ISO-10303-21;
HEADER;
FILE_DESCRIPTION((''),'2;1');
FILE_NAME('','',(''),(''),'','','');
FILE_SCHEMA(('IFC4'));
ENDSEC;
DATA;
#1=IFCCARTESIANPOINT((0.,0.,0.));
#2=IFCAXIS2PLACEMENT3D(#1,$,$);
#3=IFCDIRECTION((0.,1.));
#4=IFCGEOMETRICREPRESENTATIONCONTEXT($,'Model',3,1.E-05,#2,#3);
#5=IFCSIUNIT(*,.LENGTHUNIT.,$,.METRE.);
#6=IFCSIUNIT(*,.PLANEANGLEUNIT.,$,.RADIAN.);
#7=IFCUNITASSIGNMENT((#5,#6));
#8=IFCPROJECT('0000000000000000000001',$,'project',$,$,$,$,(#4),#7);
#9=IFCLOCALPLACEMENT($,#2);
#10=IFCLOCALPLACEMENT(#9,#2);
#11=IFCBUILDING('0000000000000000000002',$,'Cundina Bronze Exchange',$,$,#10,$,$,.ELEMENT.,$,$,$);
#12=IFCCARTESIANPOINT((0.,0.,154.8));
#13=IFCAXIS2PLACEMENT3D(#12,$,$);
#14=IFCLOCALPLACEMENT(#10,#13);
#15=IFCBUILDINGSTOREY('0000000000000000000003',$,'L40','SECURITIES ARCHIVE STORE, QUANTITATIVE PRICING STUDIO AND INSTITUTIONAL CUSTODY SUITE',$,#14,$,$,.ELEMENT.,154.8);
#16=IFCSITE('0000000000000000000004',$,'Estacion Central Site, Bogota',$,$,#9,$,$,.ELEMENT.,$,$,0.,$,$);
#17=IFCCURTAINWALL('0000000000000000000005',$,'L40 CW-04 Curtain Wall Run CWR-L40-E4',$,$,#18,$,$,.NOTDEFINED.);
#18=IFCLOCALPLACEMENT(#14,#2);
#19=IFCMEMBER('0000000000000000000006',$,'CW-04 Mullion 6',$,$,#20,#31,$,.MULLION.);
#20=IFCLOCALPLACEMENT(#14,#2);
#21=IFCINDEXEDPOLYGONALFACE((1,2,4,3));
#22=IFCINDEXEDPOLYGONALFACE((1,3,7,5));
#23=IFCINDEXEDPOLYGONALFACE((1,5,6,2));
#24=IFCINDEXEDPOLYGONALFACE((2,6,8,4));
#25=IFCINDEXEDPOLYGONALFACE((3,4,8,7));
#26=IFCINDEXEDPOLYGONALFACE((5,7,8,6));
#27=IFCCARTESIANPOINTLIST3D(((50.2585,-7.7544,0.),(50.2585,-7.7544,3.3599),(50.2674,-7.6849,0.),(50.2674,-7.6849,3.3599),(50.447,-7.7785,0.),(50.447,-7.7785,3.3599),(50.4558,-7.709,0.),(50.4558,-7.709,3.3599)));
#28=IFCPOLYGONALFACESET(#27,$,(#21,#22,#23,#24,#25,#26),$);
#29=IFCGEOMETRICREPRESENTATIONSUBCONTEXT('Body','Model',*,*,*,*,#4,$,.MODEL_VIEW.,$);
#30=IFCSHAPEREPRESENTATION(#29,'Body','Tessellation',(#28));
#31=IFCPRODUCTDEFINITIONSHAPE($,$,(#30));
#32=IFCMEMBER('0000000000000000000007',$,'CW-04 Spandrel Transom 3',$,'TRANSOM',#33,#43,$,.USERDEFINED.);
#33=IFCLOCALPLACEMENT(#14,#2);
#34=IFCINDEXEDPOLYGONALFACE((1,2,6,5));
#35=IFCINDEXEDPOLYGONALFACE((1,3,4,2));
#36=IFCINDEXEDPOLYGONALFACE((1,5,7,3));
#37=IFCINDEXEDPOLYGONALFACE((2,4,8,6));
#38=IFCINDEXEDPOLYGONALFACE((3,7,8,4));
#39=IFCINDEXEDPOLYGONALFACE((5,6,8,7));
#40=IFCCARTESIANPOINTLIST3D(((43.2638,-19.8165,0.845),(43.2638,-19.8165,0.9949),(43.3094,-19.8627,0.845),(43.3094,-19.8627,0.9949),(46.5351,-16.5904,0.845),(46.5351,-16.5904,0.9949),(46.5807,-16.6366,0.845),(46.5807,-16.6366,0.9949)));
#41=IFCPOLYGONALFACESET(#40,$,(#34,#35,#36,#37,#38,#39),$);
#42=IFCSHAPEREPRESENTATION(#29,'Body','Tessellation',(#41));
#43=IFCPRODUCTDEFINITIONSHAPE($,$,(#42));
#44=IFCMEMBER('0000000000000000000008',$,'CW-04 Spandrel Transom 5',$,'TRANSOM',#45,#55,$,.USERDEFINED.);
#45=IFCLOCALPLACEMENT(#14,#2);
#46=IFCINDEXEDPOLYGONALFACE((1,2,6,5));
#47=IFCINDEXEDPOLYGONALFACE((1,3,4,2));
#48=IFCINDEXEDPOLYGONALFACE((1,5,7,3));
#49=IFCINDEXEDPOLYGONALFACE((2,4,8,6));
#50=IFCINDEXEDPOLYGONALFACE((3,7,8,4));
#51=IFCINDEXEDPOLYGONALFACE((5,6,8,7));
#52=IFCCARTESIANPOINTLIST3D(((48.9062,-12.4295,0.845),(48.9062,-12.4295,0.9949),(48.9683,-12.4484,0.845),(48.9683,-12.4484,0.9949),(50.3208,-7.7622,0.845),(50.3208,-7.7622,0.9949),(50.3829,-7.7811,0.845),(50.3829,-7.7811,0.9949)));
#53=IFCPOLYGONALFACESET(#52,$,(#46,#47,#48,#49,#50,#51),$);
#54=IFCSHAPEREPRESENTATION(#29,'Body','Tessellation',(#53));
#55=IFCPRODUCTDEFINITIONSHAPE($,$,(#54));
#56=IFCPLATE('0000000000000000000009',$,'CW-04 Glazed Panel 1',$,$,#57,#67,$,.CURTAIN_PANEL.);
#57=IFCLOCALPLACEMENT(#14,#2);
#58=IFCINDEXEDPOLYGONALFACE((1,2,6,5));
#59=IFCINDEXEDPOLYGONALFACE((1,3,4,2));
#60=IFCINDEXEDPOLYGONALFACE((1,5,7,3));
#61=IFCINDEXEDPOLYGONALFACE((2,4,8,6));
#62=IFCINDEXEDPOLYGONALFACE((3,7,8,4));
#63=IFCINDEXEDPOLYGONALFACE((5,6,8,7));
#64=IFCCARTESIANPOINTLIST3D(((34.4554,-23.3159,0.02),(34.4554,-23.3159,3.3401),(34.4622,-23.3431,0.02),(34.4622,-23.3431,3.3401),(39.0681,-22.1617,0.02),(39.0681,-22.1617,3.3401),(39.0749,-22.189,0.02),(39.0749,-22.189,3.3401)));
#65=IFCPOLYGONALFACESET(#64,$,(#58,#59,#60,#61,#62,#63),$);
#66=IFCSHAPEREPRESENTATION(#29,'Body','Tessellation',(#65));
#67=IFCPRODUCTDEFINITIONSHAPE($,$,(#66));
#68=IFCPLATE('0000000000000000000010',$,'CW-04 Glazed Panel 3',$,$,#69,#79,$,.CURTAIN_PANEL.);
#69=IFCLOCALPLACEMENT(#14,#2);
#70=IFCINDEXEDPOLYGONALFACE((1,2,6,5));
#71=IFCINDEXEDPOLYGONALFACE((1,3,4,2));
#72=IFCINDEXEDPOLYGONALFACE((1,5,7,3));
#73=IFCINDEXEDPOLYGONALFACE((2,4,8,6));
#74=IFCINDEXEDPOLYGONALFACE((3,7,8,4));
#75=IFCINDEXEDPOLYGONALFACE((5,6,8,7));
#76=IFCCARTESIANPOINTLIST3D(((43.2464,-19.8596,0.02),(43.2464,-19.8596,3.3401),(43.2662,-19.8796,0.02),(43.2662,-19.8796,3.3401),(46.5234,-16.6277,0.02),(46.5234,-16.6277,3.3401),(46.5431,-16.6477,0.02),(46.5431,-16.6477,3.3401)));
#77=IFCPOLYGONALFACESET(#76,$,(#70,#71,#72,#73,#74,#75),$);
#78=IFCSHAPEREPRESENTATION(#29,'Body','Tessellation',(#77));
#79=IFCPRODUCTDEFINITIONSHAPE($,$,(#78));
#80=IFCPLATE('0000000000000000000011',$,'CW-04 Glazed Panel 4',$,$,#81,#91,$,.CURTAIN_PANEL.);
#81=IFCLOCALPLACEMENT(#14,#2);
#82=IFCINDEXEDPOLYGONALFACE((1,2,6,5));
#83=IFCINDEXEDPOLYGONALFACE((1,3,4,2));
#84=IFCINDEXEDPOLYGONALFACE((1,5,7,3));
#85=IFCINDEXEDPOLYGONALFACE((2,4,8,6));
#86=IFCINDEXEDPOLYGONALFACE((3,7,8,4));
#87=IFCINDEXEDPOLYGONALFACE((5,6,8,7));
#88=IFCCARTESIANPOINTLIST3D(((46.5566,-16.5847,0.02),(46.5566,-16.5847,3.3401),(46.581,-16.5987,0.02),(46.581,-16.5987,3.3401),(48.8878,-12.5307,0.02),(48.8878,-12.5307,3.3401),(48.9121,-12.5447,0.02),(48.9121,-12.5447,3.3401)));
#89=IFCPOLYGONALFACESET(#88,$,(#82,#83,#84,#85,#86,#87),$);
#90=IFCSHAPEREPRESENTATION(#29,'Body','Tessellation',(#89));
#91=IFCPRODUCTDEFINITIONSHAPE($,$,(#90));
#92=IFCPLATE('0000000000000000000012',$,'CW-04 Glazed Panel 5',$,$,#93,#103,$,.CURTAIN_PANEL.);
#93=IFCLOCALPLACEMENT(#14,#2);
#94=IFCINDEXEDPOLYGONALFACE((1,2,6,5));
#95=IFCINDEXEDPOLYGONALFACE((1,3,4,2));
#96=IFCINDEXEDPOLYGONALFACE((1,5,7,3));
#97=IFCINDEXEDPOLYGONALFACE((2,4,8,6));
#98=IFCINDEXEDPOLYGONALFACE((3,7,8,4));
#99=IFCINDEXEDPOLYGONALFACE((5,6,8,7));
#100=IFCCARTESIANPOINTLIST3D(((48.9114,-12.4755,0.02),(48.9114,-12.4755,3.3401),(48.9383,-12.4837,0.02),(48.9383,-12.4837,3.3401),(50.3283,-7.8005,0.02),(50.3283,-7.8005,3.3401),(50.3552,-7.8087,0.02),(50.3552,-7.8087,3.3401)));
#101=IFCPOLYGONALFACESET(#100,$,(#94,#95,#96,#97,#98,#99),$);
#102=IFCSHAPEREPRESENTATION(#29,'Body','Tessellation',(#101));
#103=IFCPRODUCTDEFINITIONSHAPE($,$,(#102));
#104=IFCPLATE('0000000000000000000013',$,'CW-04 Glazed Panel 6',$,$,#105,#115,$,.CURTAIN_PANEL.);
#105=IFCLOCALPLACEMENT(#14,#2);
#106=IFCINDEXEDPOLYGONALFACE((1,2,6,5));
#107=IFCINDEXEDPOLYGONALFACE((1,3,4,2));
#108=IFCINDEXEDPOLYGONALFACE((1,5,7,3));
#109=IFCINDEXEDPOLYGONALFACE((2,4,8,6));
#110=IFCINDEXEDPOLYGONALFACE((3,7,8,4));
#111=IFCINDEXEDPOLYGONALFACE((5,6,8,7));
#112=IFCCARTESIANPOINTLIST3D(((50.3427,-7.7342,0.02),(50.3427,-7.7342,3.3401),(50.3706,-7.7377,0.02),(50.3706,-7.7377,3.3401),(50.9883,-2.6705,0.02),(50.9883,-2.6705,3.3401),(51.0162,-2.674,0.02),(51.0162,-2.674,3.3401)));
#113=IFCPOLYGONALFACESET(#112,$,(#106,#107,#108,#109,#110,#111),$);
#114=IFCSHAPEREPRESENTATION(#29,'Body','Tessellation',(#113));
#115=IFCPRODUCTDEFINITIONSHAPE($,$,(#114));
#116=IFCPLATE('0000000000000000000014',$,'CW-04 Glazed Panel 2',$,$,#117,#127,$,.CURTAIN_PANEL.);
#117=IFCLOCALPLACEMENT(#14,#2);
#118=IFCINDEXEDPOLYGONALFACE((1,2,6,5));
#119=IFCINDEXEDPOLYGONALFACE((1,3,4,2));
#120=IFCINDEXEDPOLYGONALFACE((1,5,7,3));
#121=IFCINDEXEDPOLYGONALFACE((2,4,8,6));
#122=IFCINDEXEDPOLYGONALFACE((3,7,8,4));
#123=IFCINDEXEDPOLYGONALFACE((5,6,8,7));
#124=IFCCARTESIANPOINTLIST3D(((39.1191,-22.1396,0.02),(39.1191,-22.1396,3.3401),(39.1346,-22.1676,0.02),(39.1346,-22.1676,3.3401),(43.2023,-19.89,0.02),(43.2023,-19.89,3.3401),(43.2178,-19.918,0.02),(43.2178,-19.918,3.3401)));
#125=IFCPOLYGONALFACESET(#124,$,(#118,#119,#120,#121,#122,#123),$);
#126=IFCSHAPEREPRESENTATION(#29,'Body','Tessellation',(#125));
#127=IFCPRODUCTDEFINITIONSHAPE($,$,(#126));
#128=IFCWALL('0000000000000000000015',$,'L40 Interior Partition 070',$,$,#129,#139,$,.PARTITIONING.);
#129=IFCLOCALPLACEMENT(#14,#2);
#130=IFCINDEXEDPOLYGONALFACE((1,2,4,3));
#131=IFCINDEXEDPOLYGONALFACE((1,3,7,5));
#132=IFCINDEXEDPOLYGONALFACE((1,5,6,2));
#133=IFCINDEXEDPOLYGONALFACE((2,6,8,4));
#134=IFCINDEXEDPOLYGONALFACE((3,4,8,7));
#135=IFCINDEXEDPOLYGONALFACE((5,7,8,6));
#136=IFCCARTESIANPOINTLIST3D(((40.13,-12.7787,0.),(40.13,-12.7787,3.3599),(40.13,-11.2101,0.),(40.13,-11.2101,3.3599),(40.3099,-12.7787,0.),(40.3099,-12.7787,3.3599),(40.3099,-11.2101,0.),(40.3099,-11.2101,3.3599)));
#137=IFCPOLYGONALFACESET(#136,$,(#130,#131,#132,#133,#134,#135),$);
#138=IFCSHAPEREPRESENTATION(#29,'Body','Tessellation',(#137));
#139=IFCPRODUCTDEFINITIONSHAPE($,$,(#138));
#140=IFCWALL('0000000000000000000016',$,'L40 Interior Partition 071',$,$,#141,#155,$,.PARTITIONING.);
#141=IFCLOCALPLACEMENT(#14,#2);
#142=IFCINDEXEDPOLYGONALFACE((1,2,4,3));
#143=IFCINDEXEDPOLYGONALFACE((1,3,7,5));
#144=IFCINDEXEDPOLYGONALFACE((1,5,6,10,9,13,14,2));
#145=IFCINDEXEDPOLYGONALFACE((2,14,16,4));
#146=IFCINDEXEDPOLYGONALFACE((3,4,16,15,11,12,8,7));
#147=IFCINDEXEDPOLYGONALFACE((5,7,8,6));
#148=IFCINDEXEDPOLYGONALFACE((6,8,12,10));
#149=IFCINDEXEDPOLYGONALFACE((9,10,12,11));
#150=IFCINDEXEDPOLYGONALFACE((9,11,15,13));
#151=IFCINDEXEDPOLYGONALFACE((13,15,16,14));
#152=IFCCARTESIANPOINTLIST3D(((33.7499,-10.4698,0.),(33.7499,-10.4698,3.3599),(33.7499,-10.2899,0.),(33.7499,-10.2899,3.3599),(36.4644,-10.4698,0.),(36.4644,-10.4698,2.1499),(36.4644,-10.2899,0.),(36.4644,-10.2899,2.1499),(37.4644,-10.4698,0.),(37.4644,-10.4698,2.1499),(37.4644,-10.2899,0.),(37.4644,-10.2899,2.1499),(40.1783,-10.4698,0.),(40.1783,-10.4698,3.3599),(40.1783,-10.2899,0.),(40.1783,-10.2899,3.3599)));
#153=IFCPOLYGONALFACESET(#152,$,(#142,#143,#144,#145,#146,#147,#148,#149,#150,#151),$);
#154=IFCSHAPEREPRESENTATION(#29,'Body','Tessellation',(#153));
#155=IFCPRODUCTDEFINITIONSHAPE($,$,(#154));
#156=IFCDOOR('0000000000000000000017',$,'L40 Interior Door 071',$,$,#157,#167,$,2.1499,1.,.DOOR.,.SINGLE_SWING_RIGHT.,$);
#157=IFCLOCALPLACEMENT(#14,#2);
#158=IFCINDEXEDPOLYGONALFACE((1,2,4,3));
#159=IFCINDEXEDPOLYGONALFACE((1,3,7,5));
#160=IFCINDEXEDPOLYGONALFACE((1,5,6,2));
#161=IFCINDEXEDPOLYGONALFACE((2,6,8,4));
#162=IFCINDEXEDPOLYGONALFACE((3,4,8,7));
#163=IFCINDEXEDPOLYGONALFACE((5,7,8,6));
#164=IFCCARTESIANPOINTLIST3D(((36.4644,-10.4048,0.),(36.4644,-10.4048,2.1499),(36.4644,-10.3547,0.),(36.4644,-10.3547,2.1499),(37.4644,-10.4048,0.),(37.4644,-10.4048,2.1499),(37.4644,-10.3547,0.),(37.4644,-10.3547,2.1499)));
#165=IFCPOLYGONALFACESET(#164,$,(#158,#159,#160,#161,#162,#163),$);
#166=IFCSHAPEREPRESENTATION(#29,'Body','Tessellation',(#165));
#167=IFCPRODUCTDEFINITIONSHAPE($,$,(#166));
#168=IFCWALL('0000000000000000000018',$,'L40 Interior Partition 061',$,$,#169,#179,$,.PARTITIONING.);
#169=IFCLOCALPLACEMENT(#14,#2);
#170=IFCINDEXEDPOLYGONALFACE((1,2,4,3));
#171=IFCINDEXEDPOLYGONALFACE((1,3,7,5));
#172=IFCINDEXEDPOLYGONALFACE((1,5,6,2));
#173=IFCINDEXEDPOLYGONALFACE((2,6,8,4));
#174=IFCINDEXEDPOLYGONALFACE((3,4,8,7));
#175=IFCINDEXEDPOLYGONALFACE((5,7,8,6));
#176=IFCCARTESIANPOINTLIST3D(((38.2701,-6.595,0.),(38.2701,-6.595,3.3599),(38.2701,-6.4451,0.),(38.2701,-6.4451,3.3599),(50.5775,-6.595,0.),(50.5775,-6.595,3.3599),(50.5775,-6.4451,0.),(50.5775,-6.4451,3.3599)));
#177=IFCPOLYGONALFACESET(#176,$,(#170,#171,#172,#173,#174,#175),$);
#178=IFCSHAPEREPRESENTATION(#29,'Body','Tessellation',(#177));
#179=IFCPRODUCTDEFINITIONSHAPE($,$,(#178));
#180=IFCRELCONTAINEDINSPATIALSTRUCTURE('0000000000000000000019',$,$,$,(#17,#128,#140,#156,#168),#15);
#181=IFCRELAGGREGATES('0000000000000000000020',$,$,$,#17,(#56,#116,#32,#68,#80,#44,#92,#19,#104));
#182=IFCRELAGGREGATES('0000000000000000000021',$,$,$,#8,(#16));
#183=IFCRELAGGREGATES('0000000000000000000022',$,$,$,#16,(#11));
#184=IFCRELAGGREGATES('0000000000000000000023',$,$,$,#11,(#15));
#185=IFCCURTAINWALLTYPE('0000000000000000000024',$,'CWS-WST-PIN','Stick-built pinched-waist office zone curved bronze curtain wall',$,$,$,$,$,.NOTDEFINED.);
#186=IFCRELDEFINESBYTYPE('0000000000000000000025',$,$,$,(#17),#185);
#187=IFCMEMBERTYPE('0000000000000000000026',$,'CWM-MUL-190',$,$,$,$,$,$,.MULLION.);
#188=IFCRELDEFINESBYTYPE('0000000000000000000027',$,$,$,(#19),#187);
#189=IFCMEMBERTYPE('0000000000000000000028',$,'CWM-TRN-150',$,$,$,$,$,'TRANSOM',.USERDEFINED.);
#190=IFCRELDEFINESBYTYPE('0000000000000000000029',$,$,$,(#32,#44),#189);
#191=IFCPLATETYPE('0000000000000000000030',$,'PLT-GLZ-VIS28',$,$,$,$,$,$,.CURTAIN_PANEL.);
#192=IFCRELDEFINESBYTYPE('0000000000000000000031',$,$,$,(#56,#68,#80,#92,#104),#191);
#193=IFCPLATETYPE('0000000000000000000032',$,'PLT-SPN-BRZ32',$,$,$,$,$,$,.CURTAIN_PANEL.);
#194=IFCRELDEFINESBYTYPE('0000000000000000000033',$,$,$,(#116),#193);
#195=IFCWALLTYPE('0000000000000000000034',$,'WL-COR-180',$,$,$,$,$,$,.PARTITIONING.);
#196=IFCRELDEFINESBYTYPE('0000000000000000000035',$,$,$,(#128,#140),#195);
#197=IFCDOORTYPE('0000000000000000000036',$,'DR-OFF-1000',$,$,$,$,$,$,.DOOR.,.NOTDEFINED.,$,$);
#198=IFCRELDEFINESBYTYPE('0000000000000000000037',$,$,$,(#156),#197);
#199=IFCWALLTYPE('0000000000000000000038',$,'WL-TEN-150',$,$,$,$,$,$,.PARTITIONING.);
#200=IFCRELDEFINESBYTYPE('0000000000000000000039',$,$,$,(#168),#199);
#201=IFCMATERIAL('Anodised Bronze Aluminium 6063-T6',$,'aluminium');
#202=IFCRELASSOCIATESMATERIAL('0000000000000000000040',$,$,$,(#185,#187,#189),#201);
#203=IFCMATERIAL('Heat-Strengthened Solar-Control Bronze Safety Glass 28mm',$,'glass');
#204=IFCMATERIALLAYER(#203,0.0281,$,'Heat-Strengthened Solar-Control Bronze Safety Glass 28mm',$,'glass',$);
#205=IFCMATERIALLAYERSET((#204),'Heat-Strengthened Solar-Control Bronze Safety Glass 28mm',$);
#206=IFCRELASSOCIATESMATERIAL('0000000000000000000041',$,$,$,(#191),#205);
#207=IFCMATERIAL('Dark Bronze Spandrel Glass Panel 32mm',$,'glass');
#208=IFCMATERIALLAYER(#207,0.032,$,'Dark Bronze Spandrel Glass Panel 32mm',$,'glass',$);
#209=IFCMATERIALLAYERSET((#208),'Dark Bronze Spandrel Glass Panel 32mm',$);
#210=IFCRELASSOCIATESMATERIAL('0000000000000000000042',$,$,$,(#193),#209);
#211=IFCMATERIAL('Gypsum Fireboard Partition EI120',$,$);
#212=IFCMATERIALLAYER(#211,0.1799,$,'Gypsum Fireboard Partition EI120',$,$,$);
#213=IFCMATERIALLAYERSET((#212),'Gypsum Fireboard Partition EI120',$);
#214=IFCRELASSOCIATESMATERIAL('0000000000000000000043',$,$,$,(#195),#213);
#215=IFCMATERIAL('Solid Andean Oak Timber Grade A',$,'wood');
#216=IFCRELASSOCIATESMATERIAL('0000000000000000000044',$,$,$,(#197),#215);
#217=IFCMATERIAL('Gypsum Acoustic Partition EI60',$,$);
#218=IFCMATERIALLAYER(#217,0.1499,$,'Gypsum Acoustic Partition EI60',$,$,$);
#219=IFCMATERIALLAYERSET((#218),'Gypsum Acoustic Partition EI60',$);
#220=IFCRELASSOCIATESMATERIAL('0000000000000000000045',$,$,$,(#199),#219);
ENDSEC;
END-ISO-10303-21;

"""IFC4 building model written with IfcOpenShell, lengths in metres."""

from ifc_helpers import new_model, si_unit, direction, frame, frame_2d, origin, origin_2d, place, context, subcontext, project, spatial, rectangle, extrude, material, layer, layer_set, material_profile, profile_set, type_object, element, fill, aggregate, save


model = new_model("IFC4")

# Units and contexts
model_context = context("Model", 3, precision=1e-05, world=origin(), true_north=direction((0.0, 1.0)))
body_context = subcontext(model_context, "Body", "Model", "MODEL_VIEW")
ifc_project = project(units=[si_unit("LENGTHUNIT", "METRE"), si_unit("PLANEANGLEUNIT", "RADIAN")], contexts=[model_context])

# Site, building, storey
site_placement = place(None, origin())
site = spatial("IfcSite", under=ifc_project, at=site_placement, Name="Estacion Central Site, Bogota", CompositionType="ELEMENT", RefElevation=0.0)
building_placement = place(site_placement, origin())
building = spatial("IfcBuilding", under=site, at=building_placement, Name="Cundina Bronze Exchange", CompositionType="ELEMENT")
storey_placement = place(building_placement, frame((0.0, 0.0, 154.8)))
storey = spatial("IfcBuildingStorey", under=building, at=storey_placement, Name="L40", Description="SECURITIES ARCHIVE STORE, QUANTITATIVE PRICING STUDIO AND INSTITUTIONAL CUSTODY SUITE", CompositionType="ELEMENT", Elevation=154.8)

# Curtain wall, members, plates
ifc_material_1 = material(Name="Anodised Bronze Aluminium 6063-T6", Category="aluminium")
curtain_wall_type = type_object("IfcCurtainWallType", Name="CWS-WST-PIN", Description="Stick-built pinched-waist office zone curved bronze curtain wall", PredefinedType="NOTDEFINED", material=ifc_material_1)
curtain_wall_placement = place(storey_placement, origin())
curtain_wall = element("IfcCurtainWall", 1, at=curtain_wall_placement, inside=storey, type_object=curtain_wall_type, Name="L40 CW-04 Curtain Wall Run CWR-L40-E4", PredefinedType="NOTDEFINED")
ifc_material_profile_1 = material_profile(ifc_material_1, rectangle(XDim=0.0701, YDim=0.1899, at=origin_2d()), Name="AL70X190", Category="aluminium")
ifc_profile_set_1 = profile_set([ifc_material_profile_1], Name="Anodised Bronze Aluminium 6063-T6")
member_type_1 = type_object("IfcMemberType", Name="CWM-MUL-190", PredefinedType="MULLION", material=ifc_profile_set_1)
member_1_placement = place(storey_placement, frame((50.3572, -7.7317, 0.0), z_axis=(0.0, 0.0, 1.0), x_axis=(0.126545, 0.991961, 0.0)))
member_1 = element("IfcMember", 2, at=member_1_placement, type_object=member_type_1, Name="CW-04 Mullion 6", PredefinedType="MULLION", context=body_context, shape_type="SweptSolid", body=[
    extrude(rectangle(XDim=0.0701, YDim=0.1899, at=origin_2d()), origin(), (0.0, 0.0, 1.0), 3.3599),
])
ifc_material_profile_2 = material_profile(ifc_material_1, rectangle(XDim=0.0649, YDim=0.1499, at=origin_2d()), Name="AL65X150", Category="aluminium")
ifc_profile_set_2 = profile_set([ifc_material_profile_2], Name="Anodised Bronze Aluminium 6063-T6")
member_type_2 = type_object("IfcMemberType", Name="CWM-TRN-150", ElementType="TRANSOM", PredefinedType="USERDEFINED", material=ifc_profile_set_2)
member_2_placement = place(storey_placement, frame((43.2866, -19.8396, 0.9199), z_axis=(0.712005, 0.702174, 0.0), x_axis=(-0.702174, 0.712005, 0.0)))
member_2 = element("IfcMember", 3, at=member_2_placement, type_object=member_type_2, Name="CW-04 Spandrel Transom 3", ObjectType="TRANSOM", PredefinedType="USERDEFINED", context=body_context, shape_type="SweptSolid", body=[
    extrude(rectangle(XDim=0.0649, YDim=0.1499, at=origin_2d()), origin(), (0.0, 0.0, 1.0), 4.5945),
])
member_3_placement = place(storey_placement, frame((48.9373, -12.439, 0.9199), z_axis=(0.290052, 0.957011, 0.0), x_axis=(-0.957011, 0.290052, 0.0)))
member_3 = element("IfcMember", 4, at=member_3_placement, type_object=member_type_2, Name="CW-04 Spandrel Transom 5", ObjectType="TRANSOM", PredefinedType="USERDEFINED", context=body_context, shape_type="SweptSolid", body=[
    extrude(rectangle(XDim=0.0649, YDim=0.1499, at=origin_2d()), origin(), (0.0, 0.0, 1.0), 4.877),
])
ifc_material_2 = material(Name="Heat-Strengthened Solar-Control Bronze Safety Glass 28mm", Category="glass")
ifc_layer_1 = layer(ifc_material_2, 0.0281, Name="Heat-Strengthened Solar-Control Bronze Safety Glass 28mm", Category="glass")
ifc_layer_set_1 = layer_set([ifc_layer_1], Name="Heat-Strengthened Solar-Control Bronze Safety Glass 28mm")
plate_type_1 = type_object("IfcPlateType", Name="PLT-GLZ-VIS28", PredefinedType="CURTAIN_PANEL", material=ifc_layer_set_1)
plate_1_placement = place(storey_placement, frame((36.7651, -22.7524, 0.02), z_axis=(0.0, 0.0, 1.0), x_axis=(0.970093, 0.242735, 0.0)))
plate_1 = element("IfcPlate", 5, at=plate_1_placement, type_object=plate_type_1, Name="CW-04 Glazed Panel 1", PredefinedType="CURTAIN_PANEL", context=body_context, shape_type="SweptSolid", body=[
    extrude(rectangle(XDim=4.7549, YDim=0.0281, at=origin_2d()), origin(), (0.0, 0.0, 1.0), 3.3201),
])
plate_2_placement = place(storey_placement, frame((44.8948, -18.2537, 0.02), z_axis=(0.0, 0.0, 1.0), x_axis=(0.711989, 0.70219, 0.0)))
plate_2 = element("IfcPlate", 6, at=plate_2_placement, type_object=plate_type_1, Name="CW-04 Glazed Panel 3", PredefinedType="CURTAIN_PANEL", context=body_context, shape_type="SweptSolid", body=[
    extrude(rectangle(XDim=4.6025, YDim=0.0281, at=origin_2d()), origin(), (0.0, 0.0, 1.0), 3.3201),
])
plate_3_placement = place(storey_placement, frame((47.7344, -14.5647, 0.02), z_axis=(0.0, 0.0, 1.0), x_axis=(0.498488, 0.866897, 0.0)))
plate_3 = element("IfcPlate", 7, at=plate_3_placement, type_object=plate_type_1, Name="CW-04 Glazed Panel 4", PredefinedType="CURTAIN_PANEL", context=body_context, shape_type="SweptSolid", body=[
    extrude(rectangle(XDim=4.6765, YDim=0.0281, at=origin_2d()), origin(), (0.0, 0.0, 1.0), 3.3201),
])
plate_4_placement = place(storey_placement, frame((49.6333, -10.1421, 0.02), z_axis=(0.0, 0.0, 1.0), x_axis=(0.290051, 0.957011, 0.0)))
plate_4 = element("IfcPlate", 8, at=plate_4_placement, type_object=plate_type_1, Name="CW-04 Glazed Panel 5", PredefinedType="CURTAIN_PANEL", context=body_context, shape_type="SweptSolid", body=[
    extrude(rectangle(XDim=4.885, YDim=0.0281, at=origin_2d()), origin(), (0.0, 0.0, 1.0), 3.3201),
])
plate_5_placement = place(storey_placement, frame((50.6794, -5.2041, 0.02), z_axis=(0.0, 0.0, 1.0), x_axis=(0.126476, 0.99197, 0.0)))
plate_5 = element("IfcPlate", 9, at=plate_5_placement, type_object=plate_type_1, Name="CW-04 Glazed Panel 6", PredefinedType="CURTAIN_PANEL", context=body_context, shape_type="SweptSolid", body=[
    extrude(rectangle(XDim=5.1047, YDim=0.0281, at=origin_2d()), origin(), (0.0, 0.0, 1.0), 3.3201),
])
ifc_material_3 = material(Name="Dark Bronze Spandrel Glass Panel 32mm", Category="glass")
ifc_layer_2 = layer(ifc_material_3, 0.032, Name="Dark Bronze Spandrel Glass Panel 32mm", Category="glass")
ifc_layer_set_2 = layer_set([ifc_layer_2], Name="Dark Bronze Spandrel Glass Panel 32mm")
plate_type_2 = type_object("IfcPlateType", Name="PLT-SPN-BRZ32", PredefinedType="CURTAIN_PANEL", material=ifc_layer_set_2)
plate_6_placement = place(storey_placement, frame((41.1685, -21.0288, 0.02), z_axis=(0.0, 0.0, 1.0), x_axis=(0.875869, 0.482549, 0.0)))
plate_6 = element("IfcPlate", 10, at=plate_6_placement, type_object=plate_type_2, Name="CW-04 Glazed Panel 2", PredefinedType="CURTAIN_PANEL", context=body_context, shape_type="SweptSolid", body=[
    extrude(rectangle(XDim=4.6619, YDim=0.032, at=origin_2d()), origin(), (0.0, 0.0, 1.0), 3.3201),
])
aggregate(curtain_wall, [plate_1, plate_6, member_2, plate_2, plate_3, member_3, plate_4, member_1, plate_5])

# Wall
ifc_material_4 = material(Name="Gypsum Fireboard Partition EI120")
ifc_layer_3 = layer(ifc_material_4, 0.1799, Name="Gypsum Fireboard Partition EI120")
ifc_layer_set_3 = layer_set([ifc_layer_3], Name="Gypsum Fireboard Partition EI120")
wall_type_1 = type_object("IfcWallType", Name="WL-COR-180", PredefinedType="PARTITIONING", material=ifc_layer_set_3)
wall_1_placement = place(storey_placement, frame((40.22, -12.7786, 0.0), z_axis=(0.0, 0.0, 1.0), x_axis=(0.0, 1.0, 0.0)))
element("IfcWall", 11, at=wall_1_placement, inside=storey, type_object=wall_type_1, Name="L40 Interior Partition 070", PredefinedType="PARTITIONING", context=body_context, shape_type="SweptSolid", body=[
    extrude(rectangle(XDim=1.5686, YDim=0.1799, at=frame_2d((0.7842, 0.0))), origin(), (0.0, 0.0, 1.0), 3.3599),
])

# Wall, opening, door
wall_2_placement = place(storey_placement, frame((40.1785, -10.3799, 0.0), z_axis=(0.0, 0.0, 1.0), x_axis=(-1.0, 0.0, 0.0)))
wall_2 = element("IfcWall", 12, at=wall_2_placement, inside=storey, type_object=wall_type_1, Name="L40 Interior Partition 071", PredefinedType="PARTITIONING", context=body_context, shape_type="SweptSolid", body=[
    extrude(rectangle(XDim=6.4285, YDim=0.1799, at=frame_2d((3.2144, 0.0))), origin(), (0.0, 0.0, 1.0), 3.3599),
])
opening_placement = place(wall_2_placement, frame((2.7141, 0.0, 0.0)))
opening = element("IfcOpeningElement", 13, at=opening_placement, cuts=wall_2, PredefinedType="OPENING", context=body_context, shape_type="SweptSolid", body=[
    extrude(rectangle(XDim=1.0, YDim=2.1499, at=frame_2d((0.5, 1.075))), frame((0.0, 0.0999, 0.0), z_axis=(0.0, -1.0, 0.0), x_axis=(1.0, 0.0, 0.0)), (0.0, 0.0, 1.0), 0.2),
])
ifc_material_5 = material(Name="Solid Andean Oak Timber Grade A", Category="wood")
door_type = type_object("IfcDoorType", Name="DR-OFF-1000", OperationType="NOTDEFINED", PredefinedType="DOOR", material=ifc_material_5)
door_placement = place(opening_placement, origin())
door = element("IfcDoor", 14, at=door_placement, inside=storey, type_object=door_type, Name="L40 Interior Door 071", OperationType="SINGLE_SWING_RIGHT", OverallHeight=2.1499, OverallWidth=1.0, PredefinedType="DOOR", context=body_context, shape_type="SweptSolid", body=[
    extrude(rectangle(XDim=1.0, YDim=2.1499, at=frame_2d((0.5, 1.075))), frame((0.0, 0.0249, 0.0), z_axis=(0.0, -1.0, 0.0), x_axis=(1.0, 0.0, 0.0)), (0.0, 0.0, 1.0), 0.05),
])
fill(opening, door)

# Wall
ifc_material_6 = material(Name="Gypsum Acoustic Partition EI60")
ifc_layer_4 = layer(ifc_material_6, 0.1499, Name="Gypsum Acoustic Partition EI60")
ifc_layer_set_4 = layer_set([ifc_layer_4], Name="Gypsum Acoustic Partition EI60")
wall_type_2 = type_object("IfcWallType", Name="WL-TEN-150", PredefinedType="PARTITIONING", material=ifc_layer_set_4)
wall_3_placement = place(storey_placement, frame((38.27, -6.52, 0.0), z_axis=(0.0, 0.0, 1.0), x_axis=(1.0, 0.0, 0.0)))
element("IfcWall", 15, at=wall_3_placement, inside=storey, type_object=wall_type_2, Name="L40 Interior Partition 061", PredefinedType="PARTITIONING", context=body_context, shape_type="SweptSolid", body=[
    extrude(rectangle(XDim=12.3074, YDim=0.1499, at=frame_2d((6.1538, 0.0))), origin(), (0.0, 0.0, 1.0), 3.3599),
])

save(model, "model.ifc")
